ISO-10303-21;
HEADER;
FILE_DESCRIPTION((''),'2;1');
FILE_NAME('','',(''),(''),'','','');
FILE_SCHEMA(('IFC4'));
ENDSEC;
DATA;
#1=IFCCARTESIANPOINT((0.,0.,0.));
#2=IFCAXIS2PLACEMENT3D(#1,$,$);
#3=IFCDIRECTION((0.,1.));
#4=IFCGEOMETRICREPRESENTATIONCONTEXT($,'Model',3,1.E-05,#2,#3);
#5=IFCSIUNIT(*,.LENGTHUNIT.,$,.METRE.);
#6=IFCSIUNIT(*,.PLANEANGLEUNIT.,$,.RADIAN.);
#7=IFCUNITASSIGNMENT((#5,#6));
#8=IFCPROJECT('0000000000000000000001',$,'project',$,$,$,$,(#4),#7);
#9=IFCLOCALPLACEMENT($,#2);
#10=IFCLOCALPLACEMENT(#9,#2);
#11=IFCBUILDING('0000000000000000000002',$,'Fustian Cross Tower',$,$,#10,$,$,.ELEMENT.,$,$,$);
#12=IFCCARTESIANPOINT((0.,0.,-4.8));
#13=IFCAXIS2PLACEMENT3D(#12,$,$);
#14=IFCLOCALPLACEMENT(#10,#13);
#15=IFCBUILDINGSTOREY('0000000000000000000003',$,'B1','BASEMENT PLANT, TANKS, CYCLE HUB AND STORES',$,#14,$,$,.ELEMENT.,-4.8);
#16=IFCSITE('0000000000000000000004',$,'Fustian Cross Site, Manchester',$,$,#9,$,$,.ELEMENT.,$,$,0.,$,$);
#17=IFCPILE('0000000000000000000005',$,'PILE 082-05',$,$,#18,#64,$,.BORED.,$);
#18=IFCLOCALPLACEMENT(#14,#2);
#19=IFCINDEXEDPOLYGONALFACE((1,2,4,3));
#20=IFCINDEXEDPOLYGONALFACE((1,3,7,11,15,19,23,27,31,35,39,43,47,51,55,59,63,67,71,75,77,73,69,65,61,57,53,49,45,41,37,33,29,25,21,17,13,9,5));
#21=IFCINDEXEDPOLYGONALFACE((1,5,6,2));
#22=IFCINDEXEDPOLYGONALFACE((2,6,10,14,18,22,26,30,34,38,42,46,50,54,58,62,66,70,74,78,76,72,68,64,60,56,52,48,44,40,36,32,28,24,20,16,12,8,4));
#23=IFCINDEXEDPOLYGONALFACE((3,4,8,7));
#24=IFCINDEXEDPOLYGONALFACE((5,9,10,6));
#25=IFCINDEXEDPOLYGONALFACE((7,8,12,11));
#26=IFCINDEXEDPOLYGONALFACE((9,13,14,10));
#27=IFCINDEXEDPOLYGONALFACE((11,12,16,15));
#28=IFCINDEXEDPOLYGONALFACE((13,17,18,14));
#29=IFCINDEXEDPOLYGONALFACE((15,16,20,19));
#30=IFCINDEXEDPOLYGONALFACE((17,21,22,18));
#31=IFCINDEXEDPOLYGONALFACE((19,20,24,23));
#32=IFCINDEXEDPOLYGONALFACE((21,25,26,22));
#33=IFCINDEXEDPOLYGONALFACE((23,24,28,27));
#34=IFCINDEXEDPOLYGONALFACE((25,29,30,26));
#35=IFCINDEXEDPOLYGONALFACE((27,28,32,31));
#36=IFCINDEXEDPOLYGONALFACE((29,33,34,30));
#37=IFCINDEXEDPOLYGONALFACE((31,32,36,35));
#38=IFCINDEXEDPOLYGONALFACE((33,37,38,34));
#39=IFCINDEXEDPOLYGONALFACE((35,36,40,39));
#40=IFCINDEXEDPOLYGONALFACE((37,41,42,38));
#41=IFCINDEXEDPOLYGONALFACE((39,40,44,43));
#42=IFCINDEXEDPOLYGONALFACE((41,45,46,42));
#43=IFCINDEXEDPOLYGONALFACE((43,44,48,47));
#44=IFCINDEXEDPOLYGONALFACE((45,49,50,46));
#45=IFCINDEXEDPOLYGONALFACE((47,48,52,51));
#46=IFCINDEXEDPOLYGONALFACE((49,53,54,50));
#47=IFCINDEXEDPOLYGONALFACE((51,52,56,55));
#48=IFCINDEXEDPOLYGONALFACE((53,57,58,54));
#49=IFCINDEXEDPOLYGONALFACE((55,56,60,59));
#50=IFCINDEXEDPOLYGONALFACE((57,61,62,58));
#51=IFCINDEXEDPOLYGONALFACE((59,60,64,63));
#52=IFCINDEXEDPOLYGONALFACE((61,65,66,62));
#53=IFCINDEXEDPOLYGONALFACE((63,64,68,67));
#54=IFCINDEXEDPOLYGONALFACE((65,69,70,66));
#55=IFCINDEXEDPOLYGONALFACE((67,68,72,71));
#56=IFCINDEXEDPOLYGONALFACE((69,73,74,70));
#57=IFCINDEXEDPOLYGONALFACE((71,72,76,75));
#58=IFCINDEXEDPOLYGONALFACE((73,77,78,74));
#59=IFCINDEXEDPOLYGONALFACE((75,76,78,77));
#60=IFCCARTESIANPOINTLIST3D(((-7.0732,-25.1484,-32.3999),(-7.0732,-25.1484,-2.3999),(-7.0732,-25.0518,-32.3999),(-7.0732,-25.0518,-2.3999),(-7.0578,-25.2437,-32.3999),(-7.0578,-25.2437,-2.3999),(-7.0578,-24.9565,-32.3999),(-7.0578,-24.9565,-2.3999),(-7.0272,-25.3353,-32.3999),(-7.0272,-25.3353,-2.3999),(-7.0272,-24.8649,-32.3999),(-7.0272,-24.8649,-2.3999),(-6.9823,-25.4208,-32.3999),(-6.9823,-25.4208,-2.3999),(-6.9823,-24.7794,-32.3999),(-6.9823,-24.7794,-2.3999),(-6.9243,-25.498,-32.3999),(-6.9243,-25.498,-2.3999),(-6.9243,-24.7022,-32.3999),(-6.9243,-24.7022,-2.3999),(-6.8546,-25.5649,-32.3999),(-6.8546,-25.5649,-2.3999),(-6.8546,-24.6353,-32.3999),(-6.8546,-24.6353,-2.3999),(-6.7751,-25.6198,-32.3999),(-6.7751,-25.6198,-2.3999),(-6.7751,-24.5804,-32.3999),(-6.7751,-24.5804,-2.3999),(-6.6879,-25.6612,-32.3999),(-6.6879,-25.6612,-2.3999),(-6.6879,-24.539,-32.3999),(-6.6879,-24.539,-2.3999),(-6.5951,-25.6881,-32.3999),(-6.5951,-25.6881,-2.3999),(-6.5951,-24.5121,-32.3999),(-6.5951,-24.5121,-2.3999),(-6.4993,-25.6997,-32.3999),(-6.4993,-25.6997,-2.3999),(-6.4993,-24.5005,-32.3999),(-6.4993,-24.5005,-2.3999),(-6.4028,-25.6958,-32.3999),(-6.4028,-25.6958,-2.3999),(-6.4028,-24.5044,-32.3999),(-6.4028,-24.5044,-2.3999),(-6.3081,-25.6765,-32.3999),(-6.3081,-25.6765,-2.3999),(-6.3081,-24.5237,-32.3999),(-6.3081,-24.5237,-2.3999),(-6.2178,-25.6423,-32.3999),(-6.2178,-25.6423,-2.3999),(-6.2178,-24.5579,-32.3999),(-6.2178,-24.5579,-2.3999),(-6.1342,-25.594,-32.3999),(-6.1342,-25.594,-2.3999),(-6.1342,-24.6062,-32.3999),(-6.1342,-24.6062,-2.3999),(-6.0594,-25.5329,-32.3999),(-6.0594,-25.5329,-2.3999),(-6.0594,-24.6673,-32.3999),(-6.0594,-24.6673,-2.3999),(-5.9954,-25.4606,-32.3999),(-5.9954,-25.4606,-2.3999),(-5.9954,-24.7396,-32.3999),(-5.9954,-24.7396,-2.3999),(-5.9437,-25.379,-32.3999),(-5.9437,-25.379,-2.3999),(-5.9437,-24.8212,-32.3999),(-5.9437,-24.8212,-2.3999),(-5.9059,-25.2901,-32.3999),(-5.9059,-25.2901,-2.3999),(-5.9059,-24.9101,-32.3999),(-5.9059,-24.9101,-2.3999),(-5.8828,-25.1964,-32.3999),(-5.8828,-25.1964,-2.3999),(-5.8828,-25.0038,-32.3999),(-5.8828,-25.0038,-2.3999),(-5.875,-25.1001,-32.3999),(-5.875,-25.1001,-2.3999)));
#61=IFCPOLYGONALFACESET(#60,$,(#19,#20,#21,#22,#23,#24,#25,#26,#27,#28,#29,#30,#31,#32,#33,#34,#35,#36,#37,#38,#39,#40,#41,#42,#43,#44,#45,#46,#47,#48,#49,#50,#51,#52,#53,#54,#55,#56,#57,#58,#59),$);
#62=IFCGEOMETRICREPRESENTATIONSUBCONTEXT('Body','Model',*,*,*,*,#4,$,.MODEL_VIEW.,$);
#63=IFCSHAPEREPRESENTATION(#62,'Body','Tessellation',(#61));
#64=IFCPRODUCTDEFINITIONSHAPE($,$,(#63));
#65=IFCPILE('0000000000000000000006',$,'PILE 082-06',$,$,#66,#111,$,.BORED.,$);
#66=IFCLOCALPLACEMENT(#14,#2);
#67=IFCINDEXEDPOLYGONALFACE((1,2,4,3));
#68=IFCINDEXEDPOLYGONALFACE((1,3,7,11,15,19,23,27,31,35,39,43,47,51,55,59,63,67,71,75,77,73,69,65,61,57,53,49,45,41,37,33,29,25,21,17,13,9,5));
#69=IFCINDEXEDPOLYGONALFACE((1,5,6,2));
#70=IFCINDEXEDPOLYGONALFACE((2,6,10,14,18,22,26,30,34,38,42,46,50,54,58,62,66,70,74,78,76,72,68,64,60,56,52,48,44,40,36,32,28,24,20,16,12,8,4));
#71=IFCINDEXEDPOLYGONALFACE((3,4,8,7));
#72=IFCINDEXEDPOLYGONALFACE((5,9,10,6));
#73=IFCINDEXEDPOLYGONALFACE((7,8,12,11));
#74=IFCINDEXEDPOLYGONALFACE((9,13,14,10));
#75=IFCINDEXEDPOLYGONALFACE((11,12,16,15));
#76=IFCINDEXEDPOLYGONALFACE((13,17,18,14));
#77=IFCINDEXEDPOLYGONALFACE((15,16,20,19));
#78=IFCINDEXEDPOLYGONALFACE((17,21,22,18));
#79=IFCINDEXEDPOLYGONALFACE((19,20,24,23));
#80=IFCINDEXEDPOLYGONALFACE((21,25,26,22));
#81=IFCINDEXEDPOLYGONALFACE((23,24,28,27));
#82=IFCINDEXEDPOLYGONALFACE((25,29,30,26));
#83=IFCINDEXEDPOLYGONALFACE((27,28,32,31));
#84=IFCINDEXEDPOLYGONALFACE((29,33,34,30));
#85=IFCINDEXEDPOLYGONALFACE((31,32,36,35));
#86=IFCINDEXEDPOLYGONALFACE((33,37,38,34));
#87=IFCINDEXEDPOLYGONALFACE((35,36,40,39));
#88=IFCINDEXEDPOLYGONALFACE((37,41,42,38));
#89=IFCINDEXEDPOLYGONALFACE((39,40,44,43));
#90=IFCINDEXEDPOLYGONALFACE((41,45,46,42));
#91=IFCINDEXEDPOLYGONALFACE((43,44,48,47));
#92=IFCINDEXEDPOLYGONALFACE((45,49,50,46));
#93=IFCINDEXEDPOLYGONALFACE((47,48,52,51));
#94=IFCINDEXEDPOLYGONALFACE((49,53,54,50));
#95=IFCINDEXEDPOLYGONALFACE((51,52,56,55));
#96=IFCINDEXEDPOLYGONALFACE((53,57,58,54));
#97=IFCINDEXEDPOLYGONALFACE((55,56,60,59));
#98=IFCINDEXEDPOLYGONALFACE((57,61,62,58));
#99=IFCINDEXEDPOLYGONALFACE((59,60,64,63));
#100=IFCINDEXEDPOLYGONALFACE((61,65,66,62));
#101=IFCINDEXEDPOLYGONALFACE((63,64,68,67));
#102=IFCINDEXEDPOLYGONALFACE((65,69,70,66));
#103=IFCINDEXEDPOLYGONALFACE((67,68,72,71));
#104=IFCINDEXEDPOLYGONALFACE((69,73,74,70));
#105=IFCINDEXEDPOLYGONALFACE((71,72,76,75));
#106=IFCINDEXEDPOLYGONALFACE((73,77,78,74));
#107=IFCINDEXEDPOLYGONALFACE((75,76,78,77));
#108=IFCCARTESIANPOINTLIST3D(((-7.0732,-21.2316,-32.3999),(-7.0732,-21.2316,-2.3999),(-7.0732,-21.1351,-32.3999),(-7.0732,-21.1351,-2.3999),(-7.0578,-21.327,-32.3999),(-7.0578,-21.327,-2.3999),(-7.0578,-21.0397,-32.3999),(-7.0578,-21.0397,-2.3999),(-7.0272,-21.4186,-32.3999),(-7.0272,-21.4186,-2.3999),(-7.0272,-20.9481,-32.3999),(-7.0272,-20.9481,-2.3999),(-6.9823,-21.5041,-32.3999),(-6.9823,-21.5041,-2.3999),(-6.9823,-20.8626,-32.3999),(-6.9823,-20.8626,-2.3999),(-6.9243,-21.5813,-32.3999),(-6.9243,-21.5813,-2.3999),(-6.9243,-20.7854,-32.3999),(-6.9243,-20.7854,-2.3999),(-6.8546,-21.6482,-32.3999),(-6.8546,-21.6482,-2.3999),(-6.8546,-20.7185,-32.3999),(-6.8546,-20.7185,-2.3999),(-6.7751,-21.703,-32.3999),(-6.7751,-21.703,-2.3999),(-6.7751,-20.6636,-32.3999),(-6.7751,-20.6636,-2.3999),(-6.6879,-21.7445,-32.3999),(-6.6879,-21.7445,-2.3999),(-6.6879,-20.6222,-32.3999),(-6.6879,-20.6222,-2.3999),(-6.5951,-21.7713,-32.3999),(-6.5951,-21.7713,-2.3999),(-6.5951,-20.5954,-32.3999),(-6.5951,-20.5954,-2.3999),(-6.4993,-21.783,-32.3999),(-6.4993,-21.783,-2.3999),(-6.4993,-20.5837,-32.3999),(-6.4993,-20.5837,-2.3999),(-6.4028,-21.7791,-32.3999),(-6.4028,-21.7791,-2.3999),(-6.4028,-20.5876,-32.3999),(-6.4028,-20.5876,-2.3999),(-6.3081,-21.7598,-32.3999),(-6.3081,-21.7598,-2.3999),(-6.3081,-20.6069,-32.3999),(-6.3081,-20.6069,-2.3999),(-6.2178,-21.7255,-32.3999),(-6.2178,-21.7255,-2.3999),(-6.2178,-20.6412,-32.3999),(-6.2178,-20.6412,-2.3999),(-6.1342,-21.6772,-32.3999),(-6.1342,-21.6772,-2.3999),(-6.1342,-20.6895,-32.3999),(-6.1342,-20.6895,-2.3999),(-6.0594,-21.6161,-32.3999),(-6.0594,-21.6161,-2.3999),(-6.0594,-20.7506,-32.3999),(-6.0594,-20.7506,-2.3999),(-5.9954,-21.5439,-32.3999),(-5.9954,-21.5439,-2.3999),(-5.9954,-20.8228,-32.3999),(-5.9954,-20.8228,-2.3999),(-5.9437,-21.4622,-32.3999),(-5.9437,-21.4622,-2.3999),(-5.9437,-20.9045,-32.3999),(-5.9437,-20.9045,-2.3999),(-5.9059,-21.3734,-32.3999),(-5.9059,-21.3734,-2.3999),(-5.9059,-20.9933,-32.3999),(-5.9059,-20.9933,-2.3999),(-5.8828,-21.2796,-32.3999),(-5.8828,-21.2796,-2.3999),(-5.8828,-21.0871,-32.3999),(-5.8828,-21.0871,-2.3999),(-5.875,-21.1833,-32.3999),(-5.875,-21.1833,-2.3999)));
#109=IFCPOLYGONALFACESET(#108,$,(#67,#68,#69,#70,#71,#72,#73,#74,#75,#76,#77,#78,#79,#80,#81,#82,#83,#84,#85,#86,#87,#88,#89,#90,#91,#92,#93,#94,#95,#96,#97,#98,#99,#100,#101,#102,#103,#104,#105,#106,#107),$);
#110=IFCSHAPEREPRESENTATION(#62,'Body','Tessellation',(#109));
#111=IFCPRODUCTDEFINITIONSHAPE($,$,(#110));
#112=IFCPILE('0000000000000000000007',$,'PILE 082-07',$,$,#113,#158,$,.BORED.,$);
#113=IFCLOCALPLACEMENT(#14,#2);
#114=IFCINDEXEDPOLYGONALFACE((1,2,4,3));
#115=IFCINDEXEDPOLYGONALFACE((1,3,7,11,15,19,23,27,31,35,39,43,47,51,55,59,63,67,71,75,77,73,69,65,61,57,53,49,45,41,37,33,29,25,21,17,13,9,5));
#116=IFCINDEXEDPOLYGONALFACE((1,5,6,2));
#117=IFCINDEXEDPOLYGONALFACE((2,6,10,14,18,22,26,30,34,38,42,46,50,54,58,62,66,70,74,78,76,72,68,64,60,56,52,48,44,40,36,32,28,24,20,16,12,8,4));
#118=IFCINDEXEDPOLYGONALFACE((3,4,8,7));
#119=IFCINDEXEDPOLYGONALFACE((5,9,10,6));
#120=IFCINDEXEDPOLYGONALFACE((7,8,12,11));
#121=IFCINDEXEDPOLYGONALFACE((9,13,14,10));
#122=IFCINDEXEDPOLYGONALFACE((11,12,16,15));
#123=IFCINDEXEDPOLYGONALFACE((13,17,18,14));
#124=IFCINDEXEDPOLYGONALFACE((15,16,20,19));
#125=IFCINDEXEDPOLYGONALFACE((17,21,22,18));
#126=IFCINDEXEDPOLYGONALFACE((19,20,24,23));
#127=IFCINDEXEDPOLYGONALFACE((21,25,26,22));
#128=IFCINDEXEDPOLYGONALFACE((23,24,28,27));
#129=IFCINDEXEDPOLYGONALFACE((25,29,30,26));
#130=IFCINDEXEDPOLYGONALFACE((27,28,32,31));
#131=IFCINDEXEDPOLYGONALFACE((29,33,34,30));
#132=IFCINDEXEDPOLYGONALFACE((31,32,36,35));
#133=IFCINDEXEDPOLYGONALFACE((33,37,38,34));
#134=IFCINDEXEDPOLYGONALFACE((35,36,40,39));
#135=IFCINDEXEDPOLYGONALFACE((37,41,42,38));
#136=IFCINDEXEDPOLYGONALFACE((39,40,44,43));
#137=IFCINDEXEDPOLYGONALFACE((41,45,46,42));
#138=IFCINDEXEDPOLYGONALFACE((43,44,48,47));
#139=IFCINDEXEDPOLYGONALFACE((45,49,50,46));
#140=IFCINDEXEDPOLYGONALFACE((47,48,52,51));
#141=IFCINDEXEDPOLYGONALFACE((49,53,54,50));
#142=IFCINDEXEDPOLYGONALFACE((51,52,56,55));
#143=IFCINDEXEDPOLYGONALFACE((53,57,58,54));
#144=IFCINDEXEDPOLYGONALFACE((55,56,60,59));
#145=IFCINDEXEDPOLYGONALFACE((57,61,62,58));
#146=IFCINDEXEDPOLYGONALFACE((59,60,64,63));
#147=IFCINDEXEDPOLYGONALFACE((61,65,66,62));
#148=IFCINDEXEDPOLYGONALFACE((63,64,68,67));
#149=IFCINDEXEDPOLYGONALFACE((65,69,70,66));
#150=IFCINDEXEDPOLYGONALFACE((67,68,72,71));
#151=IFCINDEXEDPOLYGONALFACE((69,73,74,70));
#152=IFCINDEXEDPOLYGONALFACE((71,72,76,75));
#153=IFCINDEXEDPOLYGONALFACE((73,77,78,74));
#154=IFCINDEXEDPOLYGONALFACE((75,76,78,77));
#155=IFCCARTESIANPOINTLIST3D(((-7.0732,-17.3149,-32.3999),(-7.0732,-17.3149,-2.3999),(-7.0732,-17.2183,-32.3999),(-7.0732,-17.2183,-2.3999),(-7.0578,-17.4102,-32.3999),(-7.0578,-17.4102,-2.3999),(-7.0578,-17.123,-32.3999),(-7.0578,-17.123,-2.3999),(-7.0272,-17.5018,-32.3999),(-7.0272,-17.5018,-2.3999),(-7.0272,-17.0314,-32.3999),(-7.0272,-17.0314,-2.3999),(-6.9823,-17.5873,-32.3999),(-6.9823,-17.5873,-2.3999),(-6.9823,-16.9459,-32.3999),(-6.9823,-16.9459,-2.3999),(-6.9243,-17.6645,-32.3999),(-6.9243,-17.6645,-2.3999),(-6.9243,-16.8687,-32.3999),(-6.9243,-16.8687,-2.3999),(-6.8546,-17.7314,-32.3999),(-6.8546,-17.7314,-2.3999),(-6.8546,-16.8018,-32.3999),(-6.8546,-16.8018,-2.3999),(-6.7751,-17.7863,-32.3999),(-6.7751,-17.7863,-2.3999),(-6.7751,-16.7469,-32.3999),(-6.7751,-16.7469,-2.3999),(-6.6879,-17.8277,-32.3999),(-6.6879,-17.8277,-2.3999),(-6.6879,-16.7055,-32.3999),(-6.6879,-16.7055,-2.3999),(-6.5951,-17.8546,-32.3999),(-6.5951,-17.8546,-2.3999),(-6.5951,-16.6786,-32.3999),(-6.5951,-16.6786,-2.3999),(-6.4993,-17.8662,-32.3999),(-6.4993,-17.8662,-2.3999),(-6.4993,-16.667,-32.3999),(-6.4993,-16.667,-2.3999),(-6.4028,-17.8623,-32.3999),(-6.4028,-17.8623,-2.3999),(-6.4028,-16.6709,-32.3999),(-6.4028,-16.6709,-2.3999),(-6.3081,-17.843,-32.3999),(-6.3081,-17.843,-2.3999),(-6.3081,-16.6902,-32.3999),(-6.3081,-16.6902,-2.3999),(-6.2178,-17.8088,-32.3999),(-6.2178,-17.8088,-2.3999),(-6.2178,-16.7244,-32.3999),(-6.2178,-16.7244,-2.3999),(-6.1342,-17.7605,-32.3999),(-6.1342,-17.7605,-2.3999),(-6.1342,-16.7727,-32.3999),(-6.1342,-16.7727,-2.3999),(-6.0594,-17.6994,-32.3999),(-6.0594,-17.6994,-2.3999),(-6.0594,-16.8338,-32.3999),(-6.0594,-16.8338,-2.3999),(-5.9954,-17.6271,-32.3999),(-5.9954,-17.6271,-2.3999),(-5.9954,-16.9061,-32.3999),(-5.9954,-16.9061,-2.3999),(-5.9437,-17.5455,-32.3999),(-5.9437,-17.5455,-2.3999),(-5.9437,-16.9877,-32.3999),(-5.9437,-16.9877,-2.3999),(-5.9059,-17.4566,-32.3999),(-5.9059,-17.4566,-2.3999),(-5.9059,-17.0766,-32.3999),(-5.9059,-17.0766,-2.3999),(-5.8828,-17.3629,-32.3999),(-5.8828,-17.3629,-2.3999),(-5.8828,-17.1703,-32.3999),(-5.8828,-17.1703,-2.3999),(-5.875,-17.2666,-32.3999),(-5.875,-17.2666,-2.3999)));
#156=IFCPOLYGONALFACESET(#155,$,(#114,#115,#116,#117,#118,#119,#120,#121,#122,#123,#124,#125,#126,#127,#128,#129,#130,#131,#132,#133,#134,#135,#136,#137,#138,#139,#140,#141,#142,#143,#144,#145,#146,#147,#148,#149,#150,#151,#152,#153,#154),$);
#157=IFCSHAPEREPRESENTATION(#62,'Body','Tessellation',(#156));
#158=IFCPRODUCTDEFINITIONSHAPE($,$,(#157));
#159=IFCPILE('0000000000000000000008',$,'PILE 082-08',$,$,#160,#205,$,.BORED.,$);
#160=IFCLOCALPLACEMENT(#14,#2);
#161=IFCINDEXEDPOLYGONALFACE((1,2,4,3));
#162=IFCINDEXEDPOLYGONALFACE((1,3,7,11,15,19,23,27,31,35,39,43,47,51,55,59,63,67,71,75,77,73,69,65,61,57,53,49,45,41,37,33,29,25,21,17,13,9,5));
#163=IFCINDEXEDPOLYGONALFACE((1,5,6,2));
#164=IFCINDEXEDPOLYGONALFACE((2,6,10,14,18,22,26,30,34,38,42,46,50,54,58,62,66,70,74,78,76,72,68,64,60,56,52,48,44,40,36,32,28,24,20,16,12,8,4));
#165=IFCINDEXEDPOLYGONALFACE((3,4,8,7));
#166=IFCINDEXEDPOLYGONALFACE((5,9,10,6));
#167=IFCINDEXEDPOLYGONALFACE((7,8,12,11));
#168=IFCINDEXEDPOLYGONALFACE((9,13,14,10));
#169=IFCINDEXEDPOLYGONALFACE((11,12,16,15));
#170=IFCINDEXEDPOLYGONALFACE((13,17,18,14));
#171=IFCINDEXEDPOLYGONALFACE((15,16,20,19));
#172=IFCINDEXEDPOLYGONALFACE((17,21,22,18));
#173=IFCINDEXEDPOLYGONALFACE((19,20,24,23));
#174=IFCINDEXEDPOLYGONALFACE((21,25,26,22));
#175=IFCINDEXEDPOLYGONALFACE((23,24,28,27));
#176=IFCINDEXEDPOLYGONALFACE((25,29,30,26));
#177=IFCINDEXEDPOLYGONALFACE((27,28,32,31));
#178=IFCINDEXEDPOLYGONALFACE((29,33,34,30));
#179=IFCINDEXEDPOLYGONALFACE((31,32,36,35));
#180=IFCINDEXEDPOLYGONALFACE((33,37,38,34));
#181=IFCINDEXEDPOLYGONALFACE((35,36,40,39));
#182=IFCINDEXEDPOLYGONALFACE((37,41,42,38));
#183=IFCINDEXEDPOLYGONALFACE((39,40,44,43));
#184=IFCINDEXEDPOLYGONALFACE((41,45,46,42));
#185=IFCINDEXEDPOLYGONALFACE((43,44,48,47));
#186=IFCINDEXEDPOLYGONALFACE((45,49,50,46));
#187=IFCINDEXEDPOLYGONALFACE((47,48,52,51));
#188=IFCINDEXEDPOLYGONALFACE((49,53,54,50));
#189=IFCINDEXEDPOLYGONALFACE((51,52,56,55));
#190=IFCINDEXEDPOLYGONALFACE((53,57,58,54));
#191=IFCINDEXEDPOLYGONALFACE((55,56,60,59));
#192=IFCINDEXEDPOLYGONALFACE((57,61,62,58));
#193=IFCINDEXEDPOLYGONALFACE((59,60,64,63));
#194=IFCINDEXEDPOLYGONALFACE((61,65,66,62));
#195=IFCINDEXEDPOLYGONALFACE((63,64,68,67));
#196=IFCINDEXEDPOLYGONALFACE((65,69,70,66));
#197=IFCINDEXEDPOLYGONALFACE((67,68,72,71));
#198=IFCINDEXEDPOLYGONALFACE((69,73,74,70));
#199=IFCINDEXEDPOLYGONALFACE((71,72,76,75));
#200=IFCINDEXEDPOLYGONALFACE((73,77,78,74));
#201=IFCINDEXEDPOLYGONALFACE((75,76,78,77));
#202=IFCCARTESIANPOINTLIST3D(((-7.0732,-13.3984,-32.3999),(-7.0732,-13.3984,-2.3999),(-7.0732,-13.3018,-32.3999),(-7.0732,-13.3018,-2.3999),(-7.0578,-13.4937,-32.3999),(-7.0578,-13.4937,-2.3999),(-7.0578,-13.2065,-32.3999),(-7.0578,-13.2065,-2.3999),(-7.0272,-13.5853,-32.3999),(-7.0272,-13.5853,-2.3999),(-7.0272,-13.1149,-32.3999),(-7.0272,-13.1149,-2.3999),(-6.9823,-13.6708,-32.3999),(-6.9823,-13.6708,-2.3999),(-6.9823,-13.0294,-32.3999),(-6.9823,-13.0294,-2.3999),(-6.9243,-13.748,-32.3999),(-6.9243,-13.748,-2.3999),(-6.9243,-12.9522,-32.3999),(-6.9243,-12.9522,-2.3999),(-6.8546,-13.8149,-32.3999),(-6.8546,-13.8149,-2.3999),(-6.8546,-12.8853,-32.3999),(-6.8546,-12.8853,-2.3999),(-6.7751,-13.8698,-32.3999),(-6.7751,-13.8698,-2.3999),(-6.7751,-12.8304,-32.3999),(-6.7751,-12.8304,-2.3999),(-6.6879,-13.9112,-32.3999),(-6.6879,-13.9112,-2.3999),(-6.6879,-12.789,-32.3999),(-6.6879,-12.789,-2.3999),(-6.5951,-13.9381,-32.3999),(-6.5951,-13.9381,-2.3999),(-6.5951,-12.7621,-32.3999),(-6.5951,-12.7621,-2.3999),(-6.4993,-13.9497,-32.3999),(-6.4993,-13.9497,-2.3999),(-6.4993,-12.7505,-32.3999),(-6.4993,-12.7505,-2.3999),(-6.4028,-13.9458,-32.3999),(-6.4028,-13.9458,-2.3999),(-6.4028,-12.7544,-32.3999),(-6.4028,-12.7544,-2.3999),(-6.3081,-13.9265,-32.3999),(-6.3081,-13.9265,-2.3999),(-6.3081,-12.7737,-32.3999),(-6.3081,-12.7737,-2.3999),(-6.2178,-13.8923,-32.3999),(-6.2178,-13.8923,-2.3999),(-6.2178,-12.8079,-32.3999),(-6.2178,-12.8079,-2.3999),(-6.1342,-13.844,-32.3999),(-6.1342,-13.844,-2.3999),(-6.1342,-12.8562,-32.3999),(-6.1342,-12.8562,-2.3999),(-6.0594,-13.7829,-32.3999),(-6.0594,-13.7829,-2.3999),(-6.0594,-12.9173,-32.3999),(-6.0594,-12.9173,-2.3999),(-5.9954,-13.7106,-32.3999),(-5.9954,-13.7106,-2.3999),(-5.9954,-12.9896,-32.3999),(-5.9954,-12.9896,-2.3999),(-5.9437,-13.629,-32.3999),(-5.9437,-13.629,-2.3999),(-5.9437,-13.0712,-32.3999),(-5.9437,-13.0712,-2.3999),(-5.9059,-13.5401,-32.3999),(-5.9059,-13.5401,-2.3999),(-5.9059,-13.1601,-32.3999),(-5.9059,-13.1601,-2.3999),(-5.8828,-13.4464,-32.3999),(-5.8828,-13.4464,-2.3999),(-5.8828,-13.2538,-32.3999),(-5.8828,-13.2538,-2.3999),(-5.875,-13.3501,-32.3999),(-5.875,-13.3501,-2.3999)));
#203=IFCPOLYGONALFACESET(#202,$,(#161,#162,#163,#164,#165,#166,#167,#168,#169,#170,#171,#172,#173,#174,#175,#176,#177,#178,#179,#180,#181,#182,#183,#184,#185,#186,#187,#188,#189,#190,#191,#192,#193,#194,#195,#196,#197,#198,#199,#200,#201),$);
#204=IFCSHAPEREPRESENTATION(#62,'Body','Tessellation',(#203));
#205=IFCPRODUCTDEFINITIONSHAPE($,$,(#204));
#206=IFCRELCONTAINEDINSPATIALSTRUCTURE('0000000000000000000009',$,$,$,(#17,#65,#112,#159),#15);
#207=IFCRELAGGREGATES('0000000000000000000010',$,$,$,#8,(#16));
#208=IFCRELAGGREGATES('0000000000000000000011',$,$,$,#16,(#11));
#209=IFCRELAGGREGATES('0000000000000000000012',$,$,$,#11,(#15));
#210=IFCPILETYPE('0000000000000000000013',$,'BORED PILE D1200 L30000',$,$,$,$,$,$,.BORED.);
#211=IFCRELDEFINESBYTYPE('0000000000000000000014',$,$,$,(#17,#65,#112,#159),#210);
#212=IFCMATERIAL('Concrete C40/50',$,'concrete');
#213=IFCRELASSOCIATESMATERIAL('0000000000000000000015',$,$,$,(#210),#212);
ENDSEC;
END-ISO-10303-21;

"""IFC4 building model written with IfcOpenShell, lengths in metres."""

from ifc_helpers import new_model, si_unit, direction, frame, origin, origin_2d, place, context, subcontext, project, spatial, circle, extrude, material, material_profile, profile_set, type_object, element, save


model = new_model("IFC4")

# Units and contexts
model_context = context("Model", 3, precision=1e-05, world=origin(), true_north=direction((0.0, 1.0)))
body_context = subcontext(model_context, "Body", "Model", "MODEL_VIEW")
ifc_project = project(units=[si_unit("LENGTHUNIT", "METRE"), si_unit("PLANEANGLEUNIT", "RADIAN")], contexts=[model_context])

# Site, building, storey
site_placement = place(None, origin())
site = spatial("IfcSite", under=ifc_project, at=site_placement, Name="Fustian Cross Site, Manchester", CompositionType="ELEMENT", RefElevation=0.0)
building_placement = place(site_placement, origin())
building = spatial("IfcBuilding", under=site, at=building_placement, Name="Fustian Cross Tower", CompositionType="ELEMENT")
storey_placement = place(building_placement, frame((0.0, 0.0, -4.8)))
storey = spatial("IfcBuildingStorey", under=building, at=storey_placement, Name="B1", Description="BASEMENT PLANT, TANKS, CYCLE HUB AND STORES", CompositionType="ELEMENT", Elevation=-4.8)

# Piles
ifc_material_1 = material(Name="Concrete C40/50", Category="concrete")
ifc_material_profile_1 = material_profile(ifc_material_1, circle(Radius=0.6001, at=origin_2d()), Name="BORED PILE D1200 L30000")
ifc_profile_set_1 = profile_set([ifc_material_profile_1], Name="Concrete C40/50")
pile_type = type_object("IfcPileType", Name="BORED PILE D1200 L30000", PredefinedType="BORED", material=ifc_profile_set_1)
for number, where, z_axis, x_axis, name in (
    (1, (-6.4751, -25.1001, -2.3999), (0.0, 0.0, -1.0), (1.0, 0.0, 0.0), "PILE 082-05"),
    (2, (-6.4751, -21.1833, -2.3999), (0.0, 0.0, -1.0), (1.0, 0.0, 0.0), "PILE 082-06"),
    (3, (-6.4751, -17.2666, -2.3999), (0.0, 0.0, -1.0), (1.0, 0.0, 0.0), "PILE 082-07"),
    (4, (-6.4751, -13.3501, -2.3999), (0.0, 0.0, -1.0), (1.0, 0.0, 0.0), "PILE 082-08"),
):
    element("IfcPile", number, at=place(storey_placement, frame(where, z_axis=z_axis, x_axis=x_axis)), inside=storey, type_object=pile_type, Name=name, PredefinedType="BORED", context=body_context, shape_type="SweptSolid", body=[
        extrude(circle(Radius=0.6001, at=origin_2d()), origin(), (0.0, 0.0, 1.0), 30.0),
    ])

save(model, "model.ifc")
